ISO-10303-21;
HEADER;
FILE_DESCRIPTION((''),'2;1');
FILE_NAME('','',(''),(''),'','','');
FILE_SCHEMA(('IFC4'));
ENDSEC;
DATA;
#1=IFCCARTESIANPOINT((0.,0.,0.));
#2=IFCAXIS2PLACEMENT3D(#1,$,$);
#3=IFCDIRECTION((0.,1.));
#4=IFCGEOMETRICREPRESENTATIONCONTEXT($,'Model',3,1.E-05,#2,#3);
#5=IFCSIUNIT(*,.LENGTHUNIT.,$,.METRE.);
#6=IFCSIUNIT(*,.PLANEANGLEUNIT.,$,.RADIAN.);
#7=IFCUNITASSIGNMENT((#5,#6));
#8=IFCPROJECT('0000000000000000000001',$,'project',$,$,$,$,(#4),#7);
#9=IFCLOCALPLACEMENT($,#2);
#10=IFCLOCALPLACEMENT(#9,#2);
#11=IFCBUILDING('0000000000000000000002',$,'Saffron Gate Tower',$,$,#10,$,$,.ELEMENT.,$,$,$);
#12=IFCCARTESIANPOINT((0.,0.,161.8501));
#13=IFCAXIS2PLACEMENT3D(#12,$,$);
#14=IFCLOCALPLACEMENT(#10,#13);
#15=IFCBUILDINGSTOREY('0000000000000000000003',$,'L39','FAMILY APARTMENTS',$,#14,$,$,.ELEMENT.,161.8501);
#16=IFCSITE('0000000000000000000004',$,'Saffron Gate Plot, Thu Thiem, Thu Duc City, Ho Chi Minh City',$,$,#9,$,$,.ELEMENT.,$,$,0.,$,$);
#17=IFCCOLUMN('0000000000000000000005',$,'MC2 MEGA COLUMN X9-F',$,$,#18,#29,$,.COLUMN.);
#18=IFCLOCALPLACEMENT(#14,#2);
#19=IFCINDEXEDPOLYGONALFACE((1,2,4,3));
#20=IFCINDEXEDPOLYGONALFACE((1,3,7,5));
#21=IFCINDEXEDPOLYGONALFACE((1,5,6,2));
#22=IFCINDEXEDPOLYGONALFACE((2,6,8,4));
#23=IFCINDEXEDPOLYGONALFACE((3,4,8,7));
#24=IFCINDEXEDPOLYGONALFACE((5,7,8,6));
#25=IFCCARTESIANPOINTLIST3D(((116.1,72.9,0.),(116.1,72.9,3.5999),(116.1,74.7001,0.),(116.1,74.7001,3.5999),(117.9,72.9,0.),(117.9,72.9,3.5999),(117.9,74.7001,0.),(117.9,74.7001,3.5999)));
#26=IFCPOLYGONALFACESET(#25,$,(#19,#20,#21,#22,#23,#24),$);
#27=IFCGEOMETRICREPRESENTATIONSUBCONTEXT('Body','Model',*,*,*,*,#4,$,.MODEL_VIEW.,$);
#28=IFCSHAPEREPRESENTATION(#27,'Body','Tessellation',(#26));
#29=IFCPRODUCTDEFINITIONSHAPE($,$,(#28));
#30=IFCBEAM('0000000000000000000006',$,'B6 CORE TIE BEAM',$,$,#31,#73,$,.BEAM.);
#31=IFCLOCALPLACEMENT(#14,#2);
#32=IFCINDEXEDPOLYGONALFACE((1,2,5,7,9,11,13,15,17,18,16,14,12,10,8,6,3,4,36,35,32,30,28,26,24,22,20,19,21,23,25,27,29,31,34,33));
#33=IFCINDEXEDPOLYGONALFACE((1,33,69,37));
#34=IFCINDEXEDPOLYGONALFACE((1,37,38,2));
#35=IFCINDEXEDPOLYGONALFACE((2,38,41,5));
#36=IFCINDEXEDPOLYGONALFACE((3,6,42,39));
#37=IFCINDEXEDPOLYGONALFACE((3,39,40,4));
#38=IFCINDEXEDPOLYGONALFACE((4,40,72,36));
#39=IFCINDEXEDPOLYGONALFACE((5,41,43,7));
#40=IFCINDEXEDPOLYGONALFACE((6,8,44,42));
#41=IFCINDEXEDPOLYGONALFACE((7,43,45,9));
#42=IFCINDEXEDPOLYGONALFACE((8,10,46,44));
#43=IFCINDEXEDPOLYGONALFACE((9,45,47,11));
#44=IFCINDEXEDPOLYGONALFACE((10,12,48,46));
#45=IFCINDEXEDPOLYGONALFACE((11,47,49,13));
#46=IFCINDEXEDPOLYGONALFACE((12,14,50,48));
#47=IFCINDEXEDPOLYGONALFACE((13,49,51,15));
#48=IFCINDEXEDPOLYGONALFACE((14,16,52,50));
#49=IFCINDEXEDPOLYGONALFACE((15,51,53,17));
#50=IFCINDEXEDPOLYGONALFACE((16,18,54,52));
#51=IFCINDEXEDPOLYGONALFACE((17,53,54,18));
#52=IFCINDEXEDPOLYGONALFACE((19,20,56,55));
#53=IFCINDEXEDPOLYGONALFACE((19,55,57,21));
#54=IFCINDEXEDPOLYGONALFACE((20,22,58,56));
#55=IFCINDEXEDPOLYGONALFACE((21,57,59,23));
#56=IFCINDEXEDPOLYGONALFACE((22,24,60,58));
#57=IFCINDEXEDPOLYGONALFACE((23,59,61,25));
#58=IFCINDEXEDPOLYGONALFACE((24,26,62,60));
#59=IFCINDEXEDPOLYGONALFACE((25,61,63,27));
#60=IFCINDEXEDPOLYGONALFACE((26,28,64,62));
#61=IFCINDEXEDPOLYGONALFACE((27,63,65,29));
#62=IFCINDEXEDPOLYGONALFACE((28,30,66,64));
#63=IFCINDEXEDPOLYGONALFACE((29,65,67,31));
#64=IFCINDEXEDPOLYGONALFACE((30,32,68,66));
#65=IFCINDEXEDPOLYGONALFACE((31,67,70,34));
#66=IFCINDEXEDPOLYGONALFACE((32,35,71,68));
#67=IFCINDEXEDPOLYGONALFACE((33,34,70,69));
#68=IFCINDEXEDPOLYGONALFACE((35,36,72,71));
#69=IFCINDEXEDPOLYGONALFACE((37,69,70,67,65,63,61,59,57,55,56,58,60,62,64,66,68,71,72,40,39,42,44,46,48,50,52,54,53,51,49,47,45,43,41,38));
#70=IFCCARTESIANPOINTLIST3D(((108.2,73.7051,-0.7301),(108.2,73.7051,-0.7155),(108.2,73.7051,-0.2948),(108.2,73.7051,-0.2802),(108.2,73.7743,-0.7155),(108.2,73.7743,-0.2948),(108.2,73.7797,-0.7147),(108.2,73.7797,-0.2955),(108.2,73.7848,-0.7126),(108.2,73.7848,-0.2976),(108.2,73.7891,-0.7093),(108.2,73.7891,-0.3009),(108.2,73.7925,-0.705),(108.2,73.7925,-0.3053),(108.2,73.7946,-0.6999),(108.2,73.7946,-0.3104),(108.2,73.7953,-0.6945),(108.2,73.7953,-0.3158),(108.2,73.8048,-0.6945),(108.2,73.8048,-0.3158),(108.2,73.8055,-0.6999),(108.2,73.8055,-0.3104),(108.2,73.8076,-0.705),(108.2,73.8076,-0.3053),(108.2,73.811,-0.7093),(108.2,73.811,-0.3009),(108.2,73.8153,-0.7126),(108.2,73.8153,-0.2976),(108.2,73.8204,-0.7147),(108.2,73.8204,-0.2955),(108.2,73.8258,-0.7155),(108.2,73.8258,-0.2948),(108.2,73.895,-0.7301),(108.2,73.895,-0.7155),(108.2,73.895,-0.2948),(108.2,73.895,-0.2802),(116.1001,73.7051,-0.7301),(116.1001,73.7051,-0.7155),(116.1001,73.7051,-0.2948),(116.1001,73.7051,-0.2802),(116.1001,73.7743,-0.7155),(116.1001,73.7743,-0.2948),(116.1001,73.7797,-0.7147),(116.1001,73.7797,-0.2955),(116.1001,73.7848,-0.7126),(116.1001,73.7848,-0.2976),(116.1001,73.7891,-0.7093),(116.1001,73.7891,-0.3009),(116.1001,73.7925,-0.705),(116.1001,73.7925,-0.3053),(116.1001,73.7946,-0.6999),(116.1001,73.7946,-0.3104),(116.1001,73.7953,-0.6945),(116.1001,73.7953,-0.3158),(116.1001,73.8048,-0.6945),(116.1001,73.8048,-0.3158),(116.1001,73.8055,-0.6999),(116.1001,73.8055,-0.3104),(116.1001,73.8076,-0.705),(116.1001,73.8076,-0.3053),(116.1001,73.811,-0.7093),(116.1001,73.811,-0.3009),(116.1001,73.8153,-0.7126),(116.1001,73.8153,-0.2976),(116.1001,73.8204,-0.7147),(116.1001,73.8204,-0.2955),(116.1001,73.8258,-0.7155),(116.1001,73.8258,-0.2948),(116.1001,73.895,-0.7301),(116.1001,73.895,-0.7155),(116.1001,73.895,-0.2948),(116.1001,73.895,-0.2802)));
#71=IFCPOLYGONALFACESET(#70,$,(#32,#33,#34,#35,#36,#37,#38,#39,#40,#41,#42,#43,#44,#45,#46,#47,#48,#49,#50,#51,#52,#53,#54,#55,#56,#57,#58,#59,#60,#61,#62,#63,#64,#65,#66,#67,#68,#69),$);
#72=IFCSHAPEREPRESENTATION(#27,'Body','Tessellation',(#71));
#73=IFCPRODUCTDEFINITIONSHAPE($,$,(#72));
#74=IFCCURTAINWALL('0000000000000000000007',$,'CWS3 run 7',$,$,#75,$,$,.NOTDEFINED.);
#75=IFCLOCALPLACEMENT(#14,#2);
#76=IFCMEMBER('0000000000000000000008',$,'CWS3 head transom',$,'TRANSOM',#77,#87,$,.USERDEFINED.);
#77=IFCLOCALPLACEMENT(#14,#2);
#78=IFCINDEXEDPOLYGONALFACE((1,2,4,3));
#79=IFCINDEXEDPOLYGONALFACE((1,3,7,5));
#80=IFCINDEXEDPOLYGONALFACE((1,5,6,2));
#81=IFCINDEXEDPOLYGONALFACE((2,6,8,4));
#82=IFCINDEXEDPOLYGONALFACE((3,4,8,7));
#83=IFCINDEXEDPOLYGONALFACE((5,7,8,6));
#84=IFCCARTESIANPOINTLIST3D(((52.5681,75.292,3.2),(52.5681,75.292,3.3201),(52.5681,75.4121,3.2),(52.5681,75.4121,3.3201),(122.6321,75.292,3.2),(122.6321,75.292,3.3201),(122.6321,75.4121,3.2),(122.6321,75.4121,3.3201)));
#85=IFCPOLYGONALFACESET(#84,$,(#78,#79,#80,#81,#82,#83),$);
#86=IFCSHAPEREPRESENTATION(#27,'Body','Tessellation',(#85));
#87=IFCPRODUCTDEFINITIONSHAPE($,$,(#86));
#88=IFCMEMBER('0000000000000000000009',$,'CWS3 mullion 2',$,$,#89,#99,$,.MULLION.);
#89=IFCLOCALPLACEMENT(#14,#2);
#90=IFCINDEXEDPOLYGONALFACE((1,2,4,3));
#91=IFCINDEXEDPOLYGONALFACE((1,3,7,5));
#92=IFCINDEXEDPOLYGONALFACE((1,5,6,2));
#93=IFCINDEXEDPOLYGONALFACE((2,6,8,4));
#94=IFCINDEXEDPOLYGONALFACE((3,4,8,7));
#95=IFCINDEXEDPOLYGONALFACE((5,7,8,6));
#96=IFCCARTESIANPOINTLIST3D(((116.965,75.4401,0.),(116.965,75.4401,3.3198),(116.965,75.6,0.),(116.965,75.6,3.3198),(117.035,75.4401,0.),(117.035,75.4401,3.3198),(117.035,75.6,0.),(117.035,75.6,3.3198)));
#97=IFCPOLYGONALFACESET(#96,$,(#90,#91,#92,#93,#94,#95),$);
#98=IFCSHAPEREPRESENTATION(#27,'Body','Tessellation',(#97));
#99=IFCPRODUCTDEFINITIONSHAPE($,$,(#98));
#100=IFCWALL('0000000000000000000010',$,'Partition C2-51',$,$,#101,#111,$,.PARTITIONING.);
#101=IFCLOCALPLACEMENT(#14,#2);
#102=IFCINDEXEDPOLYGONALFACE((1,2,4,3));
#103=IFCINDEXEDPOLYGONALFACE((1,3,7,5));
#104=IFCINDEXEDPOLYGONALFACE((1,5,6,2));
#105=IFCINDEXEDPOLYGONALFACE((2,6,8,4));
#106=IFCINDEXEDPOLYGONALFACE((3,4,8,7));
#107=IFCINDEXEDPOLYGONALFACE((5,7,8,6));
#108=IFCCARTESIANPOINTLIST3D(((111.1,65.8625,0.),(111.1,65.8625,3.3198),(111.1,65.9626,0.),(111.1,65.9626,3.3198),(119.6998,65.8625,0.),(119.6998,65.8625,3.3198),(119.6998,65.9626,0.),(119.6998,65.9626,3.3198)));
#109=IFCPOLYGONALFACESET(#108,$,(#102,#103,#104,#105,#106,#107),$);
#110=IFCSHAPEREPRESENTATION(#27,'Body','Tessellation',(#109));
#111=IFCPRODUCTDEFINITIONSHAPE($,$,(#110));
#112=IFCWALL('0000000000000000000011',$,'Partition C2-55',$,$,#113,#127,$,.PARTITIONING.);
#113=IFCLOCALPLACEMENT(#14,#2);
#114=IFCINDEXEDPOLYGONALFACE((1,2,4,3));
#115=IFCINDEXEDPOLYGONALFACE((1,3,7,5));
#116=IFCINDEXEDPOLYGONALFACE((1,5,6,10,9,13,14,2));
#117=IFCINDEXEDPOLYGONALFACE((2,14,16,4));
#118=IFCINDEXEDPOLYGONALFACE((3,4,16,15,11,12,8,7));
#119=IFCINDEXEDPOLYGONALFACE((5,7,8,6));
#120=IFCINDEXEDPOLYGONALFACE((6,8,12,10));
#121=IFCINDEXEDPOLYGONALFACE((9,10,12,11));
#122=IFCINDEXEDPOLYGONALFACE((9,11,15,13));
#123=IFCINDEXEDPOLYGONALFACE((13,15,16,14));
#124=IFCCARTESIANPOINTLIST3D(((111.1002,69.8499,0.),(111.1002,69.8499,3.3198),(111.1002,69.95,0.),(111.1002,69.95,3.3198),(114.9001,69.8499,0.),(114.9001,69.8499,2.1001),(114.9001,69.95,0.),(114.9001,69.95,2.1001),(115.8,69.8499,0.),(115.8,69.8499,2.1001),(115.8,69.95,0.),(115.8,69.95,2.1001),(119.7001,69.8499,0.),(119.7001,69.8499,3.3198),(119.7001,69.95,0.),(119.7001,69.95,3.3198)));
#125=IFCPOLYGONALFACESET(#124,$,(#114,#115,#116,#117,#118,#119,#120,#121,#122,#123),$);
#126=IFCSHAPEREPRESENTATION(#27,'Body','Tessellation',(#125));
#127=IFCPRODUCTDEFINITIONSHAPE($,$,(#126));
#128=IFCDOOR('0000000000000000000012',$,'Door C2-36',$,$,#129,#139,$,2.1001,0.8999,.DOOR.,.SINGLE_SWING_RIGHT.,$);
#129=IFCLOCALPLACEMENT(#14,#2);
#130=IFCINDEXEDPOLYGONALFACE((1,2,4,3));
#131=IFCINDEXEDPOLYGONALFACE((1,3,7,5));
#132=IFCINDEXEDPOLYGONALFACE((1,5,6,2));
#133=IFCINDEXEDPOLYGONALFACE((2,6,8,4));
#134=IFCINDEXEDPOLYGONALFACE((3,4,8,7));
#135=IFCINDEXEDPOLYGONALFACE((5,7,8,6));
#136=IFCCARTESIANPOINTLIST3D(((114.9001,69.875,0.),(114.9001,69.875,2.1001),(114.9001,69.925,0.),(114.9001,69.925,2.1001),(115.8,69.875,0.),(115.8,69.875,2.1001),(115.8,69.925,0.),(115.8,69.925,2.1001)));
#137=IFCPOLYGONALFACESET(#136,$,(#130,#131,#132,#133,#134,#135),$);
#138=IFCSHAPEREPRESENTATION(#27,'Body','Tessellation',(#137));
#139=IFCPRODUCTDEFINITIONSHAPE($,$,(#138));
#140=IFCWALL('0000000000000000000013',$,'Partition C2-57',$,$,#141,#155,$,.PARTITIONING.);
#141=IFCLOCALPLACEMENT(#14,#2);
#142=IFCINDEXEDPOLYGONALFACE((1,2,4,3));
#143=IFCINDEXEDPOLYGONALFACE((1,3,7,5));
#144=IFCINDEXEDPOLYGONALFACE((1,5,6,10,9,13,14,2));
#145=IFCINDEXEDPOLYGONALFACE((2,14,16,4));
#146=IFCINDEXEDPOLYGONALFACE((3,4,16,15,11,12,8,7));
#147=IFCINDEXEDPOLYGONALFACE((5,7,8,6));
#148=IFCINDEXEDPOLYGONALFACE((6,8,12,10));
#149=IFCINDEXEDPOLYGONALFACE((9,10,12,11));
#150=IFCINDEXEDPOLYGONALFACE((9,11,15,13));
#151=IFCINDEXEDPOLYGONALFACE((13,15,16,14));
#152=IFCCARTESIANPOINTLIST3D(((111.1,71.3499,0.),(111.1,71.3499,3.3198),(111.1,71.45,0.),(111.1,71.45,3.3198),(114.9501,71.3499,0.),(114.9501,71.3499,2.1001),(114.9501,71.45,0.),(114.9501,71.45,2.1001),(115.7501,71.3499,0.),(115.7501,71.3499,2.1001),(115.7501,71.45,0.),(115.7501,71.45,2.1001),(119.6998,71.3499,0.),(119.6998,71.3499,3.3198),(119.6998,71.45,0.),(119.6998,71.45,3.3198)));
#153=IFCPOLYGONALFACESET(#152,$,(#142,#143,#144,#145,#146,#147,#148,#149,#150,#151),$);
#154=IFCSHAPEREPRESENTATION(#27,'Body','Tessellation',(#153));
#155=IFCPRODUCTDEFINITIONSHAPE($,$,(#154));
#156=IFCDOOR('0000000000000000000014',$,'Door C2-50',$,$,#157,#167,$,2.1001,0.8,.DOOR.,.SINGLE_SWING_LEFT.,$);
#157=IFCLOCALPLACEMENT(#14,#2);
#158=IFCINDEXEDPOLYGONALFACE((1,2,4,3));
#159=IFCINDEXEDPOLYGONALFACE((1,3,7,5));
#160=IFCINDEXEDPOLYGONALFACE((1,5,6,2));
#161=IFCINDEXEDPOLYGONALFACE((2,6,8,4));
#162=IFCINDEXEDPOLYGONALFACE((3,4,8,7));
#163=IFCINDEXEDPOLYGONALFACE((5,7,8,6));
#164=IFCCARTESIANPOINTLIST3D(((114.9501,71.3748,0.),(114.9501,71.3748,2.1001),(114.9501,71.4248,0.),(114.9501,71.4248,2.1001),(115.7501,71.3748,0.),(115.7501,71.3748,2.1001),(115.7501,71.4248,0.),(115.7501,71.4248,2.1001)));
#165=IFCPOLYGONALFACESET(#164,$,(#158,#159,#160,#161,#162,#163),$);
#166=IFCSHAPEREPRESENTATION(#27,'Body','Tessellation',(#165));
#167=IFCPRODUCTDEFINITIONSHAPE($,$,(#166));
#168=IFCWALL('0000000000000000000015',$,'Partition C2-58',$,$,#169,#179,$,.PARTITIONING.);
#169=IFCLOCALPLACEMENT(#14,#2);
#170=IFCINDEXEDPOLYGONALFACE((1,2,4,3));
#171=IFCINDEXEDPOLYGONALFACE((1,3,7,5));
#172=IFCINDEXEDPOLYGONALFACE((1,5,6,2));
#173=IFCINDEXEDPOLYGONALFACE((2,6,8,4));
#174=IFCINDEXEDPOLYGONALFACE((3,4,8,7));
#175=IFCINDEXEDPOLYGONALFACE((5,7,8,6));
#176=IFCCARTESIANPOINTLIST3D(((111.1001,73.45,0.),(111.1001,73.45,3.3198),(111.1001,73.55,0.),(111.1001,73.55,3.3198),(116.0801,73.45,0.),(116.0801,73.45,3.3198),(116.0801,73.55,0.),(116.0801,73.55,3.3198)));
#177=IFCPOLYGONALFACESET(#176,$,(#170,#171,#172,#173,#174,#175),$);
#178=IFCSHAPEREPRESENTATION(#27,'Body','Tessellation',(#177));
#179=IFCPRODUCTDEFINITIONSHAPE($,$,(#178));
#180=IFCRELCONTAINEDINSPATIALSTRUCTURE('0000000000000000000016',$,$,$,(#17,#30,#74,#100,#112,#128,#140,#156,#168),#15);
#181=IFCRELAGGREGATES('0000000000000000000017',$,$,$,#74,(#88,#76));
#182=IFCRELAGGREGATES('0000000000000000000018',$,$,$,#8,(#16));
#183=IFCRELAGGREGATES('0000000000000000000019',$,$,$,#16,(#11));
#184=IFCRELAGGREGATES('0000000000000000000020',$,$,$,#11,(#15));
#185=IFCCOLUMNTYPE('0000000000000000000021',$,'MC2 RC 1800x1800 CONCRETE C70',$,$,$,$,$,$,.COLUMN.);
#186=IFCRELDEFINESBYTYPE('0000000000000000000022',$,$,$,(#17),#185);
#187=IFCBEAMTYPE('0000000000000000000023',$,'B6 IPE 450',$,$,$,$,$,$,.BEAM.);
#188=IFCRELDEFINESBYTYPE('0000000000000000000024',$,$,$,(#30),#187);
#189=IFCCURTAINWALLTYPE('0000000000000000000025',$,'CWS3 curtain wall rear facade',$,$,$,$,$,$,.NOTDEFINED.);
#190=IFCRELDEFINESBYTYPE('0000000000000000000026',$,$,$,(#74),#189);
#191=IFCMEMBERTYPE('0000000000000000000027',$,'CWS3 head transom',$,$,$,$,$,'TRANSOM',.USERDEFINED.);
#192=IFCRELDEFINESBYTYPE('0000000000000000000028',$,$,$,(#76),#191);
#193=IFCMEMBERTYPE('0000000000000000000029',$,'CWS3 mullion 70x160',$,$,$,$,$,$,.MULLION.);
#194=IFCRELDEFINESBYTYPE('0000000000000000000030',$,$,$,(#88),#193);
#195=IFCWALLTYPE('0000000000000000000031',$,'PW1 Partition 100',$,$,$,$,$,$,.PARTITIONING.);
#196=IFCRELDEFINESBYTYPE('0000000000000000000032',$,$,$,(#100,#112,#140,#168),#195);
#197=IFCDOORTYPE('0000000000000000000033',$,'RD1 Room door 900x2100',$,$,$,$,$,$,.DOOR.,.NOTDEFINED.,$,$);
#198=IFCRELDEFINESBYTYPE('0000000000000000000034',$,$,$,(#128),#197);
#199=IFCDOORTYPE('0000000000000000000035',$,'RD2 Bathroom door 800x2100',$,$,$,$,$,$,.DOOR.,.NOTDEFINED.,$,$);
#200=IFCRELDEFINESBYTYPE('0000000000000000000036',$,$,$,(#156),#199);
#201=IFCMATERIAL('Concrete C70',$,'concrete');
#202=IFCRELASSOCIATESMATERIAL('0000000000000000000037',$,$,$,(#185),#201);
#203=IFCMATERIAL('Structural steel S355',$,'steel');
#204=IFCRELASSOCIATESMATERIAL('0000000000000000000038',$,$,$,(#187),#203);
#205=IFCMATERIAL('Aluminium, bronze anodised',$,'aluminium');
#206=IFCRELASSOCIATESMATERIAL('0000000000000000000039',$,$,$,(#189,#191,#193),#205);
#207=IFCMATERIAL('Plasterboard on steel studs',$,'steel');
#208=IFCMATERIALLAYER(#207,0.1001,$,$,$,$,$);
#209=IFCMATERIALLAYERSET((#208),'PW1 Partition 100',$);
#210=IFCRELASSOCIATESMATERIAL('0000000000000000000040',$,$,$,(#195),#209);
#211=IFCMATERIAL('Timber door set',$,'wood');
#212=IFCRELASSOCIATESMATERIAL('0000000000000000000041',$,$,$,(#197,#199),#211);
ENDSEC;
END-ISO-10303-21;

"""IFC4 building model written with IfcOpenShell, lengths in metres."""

from ifc_helpers import new_model, si_unit, direction, frame, frame_2d, origin, origin_2d, place, context, subcontext, project, spatial, rectangle, i_section, extrude, material, layer, layer_set, material_profile, profile_set, type_object, element, fill, aggregate, save


model = new_model("IFC4")

# Units and contexts
model_context = context("Model", 3, precision=1e-05, world=origin(), true_north=direction((0.0, 1.0)))
body_context = subcontext(model_context, "Body", "Model", "MODEL_VIEW")
ifc_project = project(units=[si_unit("LENGTHUNIT", "METRE"), si_unit("PLANEANGLEUNIT", "RADIAN")], contexts=[model_context])

# Site, building, storey
site_placement = place(None, origin())
site = spatial("IfcSite", under=ifc_project, at=site_placement, Name="Saffron Gate Plot, Thu Thiem, Thu Duc City, Ho Chi Minh City", CompositionType="ELEMENT", RefElevation=0.0)
building_placement = place(site_placement, origin())
building = spatial("IfcBuilding", under=site, at=building_placement, Name="Saffron Gate Tower", CompositionType="ELEMENT")
storey_placement = place(building_placement, frame((0.0, 0.0, 161.8501)))
storey = spatial("IfcBuildingStorey", under=building, at=storey_placement, Name="L39", Description="FAMILY APARTMENTS", CompositionType="ELEMENT", Elevation=161.8501)

# Column
ifc_material_1 = material(Name="Concrete C70", Category="concrete")
ifc_material_profile_1 = material_profile(ifc_material_1, rectangle(XDim=1.8, YDim=1.8, at=origin_2d()))
ifc_profile_set_1 = profile_set([ifc_material_profile_1], Name="Concrete C70")
column_type = type_object("IfcColumnType", Name="MC2 RC 1800x1800 CONCRETE C70", PredefinedType="COLUMN", material=ifc_profile_set_1)
column_placement = place(storey_placement, frame((117.0, 73.8, 0.0), z_axis=(0.0, 0.0, 1.0), x_axis=(1.0, 0.0, 0.0)))
element("IfcColumn", 1, at=column_placement, inside=storey, type_object=column_type, Name="MC2 MEGA COLUMN X9-F", PredefinedType="COLUMN", context=body_context, shape_type="SweptSolid", body=[
    extrude(rectangle(XDim=1.8, YDim=1.8, at=origin_2d()), origin(), (0.0, 0.0, 1.0), 3.5999),
])

# Beam
ifc_material_2 = material(Name="Structural steel S355", Category="steel")
ifc_material_profile_2 = material_profile(ifc_material_2, i_section(OverallWidth=0.1899, OverallDepth=0.45, WebThickness=0.0095, FlangeThickness=0.0146, FilletRadius=0.021, at=origin_2d()))
ifc_profile_set_2 = profile_set([ifc_material_profile_2], Name="Structural steel S355")
beam_type = type_object("IfcBeamType", Name="B6 IPE 450", PredefinedType="BEAM", material=ifc_profile_set_2)
beam_placement = place(storey_placement, frame((116.1001, 73.8, -0.5051), z_axis=(-1.0, 0.0, 0.0), x_axis=(0.0, -1.0, 0.0)))
element("IfcBeam", 2, at=beam_placement, inside=storey, type_object=beam_type, Name="B6 CORE TIE BEAM", PredefinedType="BEAM", context=body_context, shape_type="SweptSolid", body=[
    extrude(i_section(OverallWidth=0.1899, OverallDepth=0.45, WebThickness=0.0095, FlangeThickness=0.0146, FilletRadius=0.021, at=origin_2d()), origin(), (0.0, 0.0, 1.0), 7.9001),
])

# Curtain wall, members
ifc_material_3 = material(Name="Aluminium, bronze anodised", Category="aluminium")
curtain_wall_type = type_object("IfcCurtainWallType", Name="CWS3 curtain wall rear facade", PredefinedType="NOTDEFINED", material=ifc_material_3)
curtain_wall_placement = place(storey_placement, origin())
curtain_wall = element("IfcCurtainWall", 3, at=curtain_wall_placement, inside=storey, type_object=curtain_wall_type, Name="CWS3 run 7", PredefinedType="NOTDEFINED")
ifc_material_profile_3 = material_profile(ifc_material_3, rectangle(XDim=0.1201, YDim=0.1201, at=origin_2d()))
ifc_profile_set_3 = profile_set([ifc_material_profile_3], Name="Aluminium, bronze anodised")
member_type_1 = type_object("IfcMemberType", Name="CWS3 head transom", ElementType="TRANSOM", PredefinedType="USERDEFINED", material=ifc_profile_set_3)
member_1_placement = place(storey_placement, frame((122.6321, 75.3521, 3.26), z_axis=(-1.0, 0.0, 0.0), x_axis=(0.0, -1.0, 0.0)))
member_1 = element("IfcMember", 4, at=member_1_placement, type_object=member_type_1, Name="CWS3 head transom", ObjectType="TRANSOM", PredefinedType="USERDEFINED", context=body_context, shape_type="SweptSolid", body=[
    extrude(rectangle(XDim=0.1201, YDim=0.1201, at=origin_2d()), origin(), (0.0, 0.0, 1.0), 70.064),
])
ifc_material_profile_4 = material_profile(ifc_material_3, rectangle(XDim=0.1599, YDim=0.0701, at=origin_2d()))
ifc_profile_set_4 = profile_set([ifc_material_profile_4], Name="Aluminium, bronze anodised")
member_type_2 = type_object("IfcMemberType", Name="CWS3 mullion 70x160", PredefinedType="MULLION", material=ifc_profile_set_4)
member_2_placement = place(storey_placement, frame((117.0, 75.52, 0.0), z_axis=(0.0, 0.0, 1.0), x_axis=(0.0, -1.0, 0.0)))
member_2 = element("IfcMember", 5, at=member_2_placement, type_object=member_type_2, Name="CWS3 mullion 2", PredefinedType="MULLION", context=body_context, shape_type="SweptSolid", body=[
    extrude(rectangle(XDim=0.1599, YDim=0.0701, at=origin_2d()), origin(), (0.0, 0.0, 1.0), 3.3198),
])
aggregate(curtain_wall, [member_2, member_1])

# Wall
ifc_material_4 = material(Name="Plasterboard on steel studs", Category="steel")
ifc_layer_1 = layer(ifc_material_4, 0.1001)
ifc_layer_set_1 = layer_set([ifc_layer_1], Name="PW1 Partition 100")
wall_type_1 = type_object("IfcWallType", Name="PW1 Partition 100", PredefinedType="PARTITIONING", material=ifc_layer_set_1)
wall_1_placement = place(storey_placement, frame((111.1001, 65.9126, 0.0), z_axis=(0.0, 0.0, 1.0), x_axis=(1.0, 0.0, 0.0)))
element("IfcWall", 6, at=wall_1_placement, inside=storey, type_object=wall_type_1, Name="Partition C2-51", PredefinedType="PARTITIONING", context=body_context, shape_type="SweptSolid", body=[
    extrude(rectangle(XDim=8.5999, YDim=0.1001, at=frame_2d((4.2998, 0.0))), origin(), (0.0, 0.0, 1.0), 3.3198),
])

# Walls, openings, doors
wall_2_placement = place(storey_placement, frame((119.7, 69.8999, 0.0), z_axis=(0.0, 0.0, 1.0), x_axis=(-1.0, 0.0, 0.0)))
wall_2 = element("IfcWall", 7, at=wall_2_placement, inside=storey, type_object=wall_type_1, Name="Partition C2-55", PredefinedType="PARTITIONING", context=body_context, shape_type="SweptSolid", body=[
    extrude(rectangle(XDim=8.5999, YDim=0.1001, at=frame_2d((4.2998, 0.0))), origin(), (0.0, 0.0, 1.0), 3.3198),
])
opening_1_placement = place(wall_2_placement, frame((3.8999, 0.0, 0.0)))
opening_1 = element("IfcOpeningElement", 8, at=opening_1_placement, cuts=wall_2, PredefinedType="OPENING", context=body_context, shape_type="SweptSolid", body=[
    extrude(rectangle(XDim=0.8999, YDim=2.1001, at=frame_2d((0.45, 1.05))), frame((0.0, 0.0601, 0.0), z_axis=(0.0, -1.0, 0.0), x_axis=(1.0, 0.0, 0.0)), (0.0, 0.0, 1.0), 0.1201),
])
ifc_material_5 = material(Name="Timber door set", Category="wood")
door_type_1 = type_object("IfcDoorType", Name="RD1 Room door 900x2100", OperationType="NOTDEFINED", PredefinedType="DOOR", material=ifc_material_5)
door_1_placement = place(opening_1_placement, origin())
door_1 = element("IfcDoor", 9, at=door_1_placement, inside=storey, type_object=door_type_1, Name="Door C2-36", OperationType="SINGLE_SWING_RIGHT", OverallHeight=2.1001, OverallWidth=0.8999, PredefinedType="DOOR", context=body_context, shape_type="SweptSolid", body=[
    extrude(rectangle(XDim=0.8999, YDim=2.1001, at=frame_2d((0.45, 1.05))), frame((0.0, 0.0249, 0.0), z_axis=(0.0, -1.0, 0.0), x_axis=(1.0, 0.0, 0.0)), (0.0, 0.0, 1.0), 0.05),
])
fill(opening_1, door_1)
wall_3_placement = place(storey_placement, frame((111.1001, 71.3999, 0.0), z_axis=(0.0, 0.0, 1.0), x_axis=(1.0, 0.0, 0.0)))
wall_3 = element("IfcWall", 10, at=wall_3_placement, inside=storey, type_object=wall_type_1, Name="Partition C2-57", PredefinedType="PARTITIONING", context=body_context, shape_type="SweptSolid", body=[
    extrude(rectangle(XDim=8.5999, YDim=0.1001, at=frame_2d((4.2998, 0.0))), origin(), (0.0, 0.0, 1.0), 3.3198),
])
opening_2_placement = place(wall_3_placement, frame((3.8501, 0.0, 0.0)))
opening_2 = element("IfcOpeningElement", 11, at=opening_2_placement, cuts=wall_3, PredefinedType="OPENING", context=body_context, shape_type="SweptSolid", body=[
    extrude(rectangle(XDim=0.8, YDim=2.1001, at=frame_2d((0.3999, 1.05))), frame((0.0, 0.0601, 0.0), z_axis=(0.0, -1.0, 0.0), x_axis=(1.0, 0.0, 0.0)), (0.0, 0.0, 1.0), 0.1201),
])
door_type_2 = type_object("IfcDoorType", Name="RD2 Bathroom door 800x2100", OperationType="NOTDEFINED", PredefinedType="DOOR", material=ifc_material_5)
door_2_placement = place(opening_2_placement, origin())
door_2 = element("IfcDoor", 12, at=door_2_placement, inside=storey, type_object=door_type_2, Name="Door C2-50", OperationType="SINGLE_SWING_LEFT", OverallHeight=2.1001, OverallWidth=0.8, PredefinedType="DOOR", context=body_context, shape_type="SweptSolid", body=[
    extrude(rectangle(XDim=0.8, YDim=2.1001, at=frame_2d((0.3999, 1.05))), frame((0.0, 0.0249, 0.0), z_axis=(0.0, -1.0, 0.0), x_axis=(1.0, 0.0, 0.0)), (0.0, 0.0, 1.0), 0.05),
])
fill(opening_2, door_2)

# Wall
wall_4_placement = place(storey_placement, frame((111.1001, 73.5, 0.0), z_axis=(0.0, 0.0, 1.0), x_axis=(1.0, 0.0, 0.0)))
element("IfcWall", 13, at=wall_4_placement, inside=storey, type_object=wall_type_1, Name="Partition C2-58", PredefinedType="PARTITIONING", context=body_context, shape_type="SweptSolid", body=[
    extrude(rectangle(XDim=4.98, YDim=0.1001, at=frame_2d((2.49, 0.0))), origin(), (0.0, 0.0, 1.0), 3.3198),
])

save(model, "model.ifc")
